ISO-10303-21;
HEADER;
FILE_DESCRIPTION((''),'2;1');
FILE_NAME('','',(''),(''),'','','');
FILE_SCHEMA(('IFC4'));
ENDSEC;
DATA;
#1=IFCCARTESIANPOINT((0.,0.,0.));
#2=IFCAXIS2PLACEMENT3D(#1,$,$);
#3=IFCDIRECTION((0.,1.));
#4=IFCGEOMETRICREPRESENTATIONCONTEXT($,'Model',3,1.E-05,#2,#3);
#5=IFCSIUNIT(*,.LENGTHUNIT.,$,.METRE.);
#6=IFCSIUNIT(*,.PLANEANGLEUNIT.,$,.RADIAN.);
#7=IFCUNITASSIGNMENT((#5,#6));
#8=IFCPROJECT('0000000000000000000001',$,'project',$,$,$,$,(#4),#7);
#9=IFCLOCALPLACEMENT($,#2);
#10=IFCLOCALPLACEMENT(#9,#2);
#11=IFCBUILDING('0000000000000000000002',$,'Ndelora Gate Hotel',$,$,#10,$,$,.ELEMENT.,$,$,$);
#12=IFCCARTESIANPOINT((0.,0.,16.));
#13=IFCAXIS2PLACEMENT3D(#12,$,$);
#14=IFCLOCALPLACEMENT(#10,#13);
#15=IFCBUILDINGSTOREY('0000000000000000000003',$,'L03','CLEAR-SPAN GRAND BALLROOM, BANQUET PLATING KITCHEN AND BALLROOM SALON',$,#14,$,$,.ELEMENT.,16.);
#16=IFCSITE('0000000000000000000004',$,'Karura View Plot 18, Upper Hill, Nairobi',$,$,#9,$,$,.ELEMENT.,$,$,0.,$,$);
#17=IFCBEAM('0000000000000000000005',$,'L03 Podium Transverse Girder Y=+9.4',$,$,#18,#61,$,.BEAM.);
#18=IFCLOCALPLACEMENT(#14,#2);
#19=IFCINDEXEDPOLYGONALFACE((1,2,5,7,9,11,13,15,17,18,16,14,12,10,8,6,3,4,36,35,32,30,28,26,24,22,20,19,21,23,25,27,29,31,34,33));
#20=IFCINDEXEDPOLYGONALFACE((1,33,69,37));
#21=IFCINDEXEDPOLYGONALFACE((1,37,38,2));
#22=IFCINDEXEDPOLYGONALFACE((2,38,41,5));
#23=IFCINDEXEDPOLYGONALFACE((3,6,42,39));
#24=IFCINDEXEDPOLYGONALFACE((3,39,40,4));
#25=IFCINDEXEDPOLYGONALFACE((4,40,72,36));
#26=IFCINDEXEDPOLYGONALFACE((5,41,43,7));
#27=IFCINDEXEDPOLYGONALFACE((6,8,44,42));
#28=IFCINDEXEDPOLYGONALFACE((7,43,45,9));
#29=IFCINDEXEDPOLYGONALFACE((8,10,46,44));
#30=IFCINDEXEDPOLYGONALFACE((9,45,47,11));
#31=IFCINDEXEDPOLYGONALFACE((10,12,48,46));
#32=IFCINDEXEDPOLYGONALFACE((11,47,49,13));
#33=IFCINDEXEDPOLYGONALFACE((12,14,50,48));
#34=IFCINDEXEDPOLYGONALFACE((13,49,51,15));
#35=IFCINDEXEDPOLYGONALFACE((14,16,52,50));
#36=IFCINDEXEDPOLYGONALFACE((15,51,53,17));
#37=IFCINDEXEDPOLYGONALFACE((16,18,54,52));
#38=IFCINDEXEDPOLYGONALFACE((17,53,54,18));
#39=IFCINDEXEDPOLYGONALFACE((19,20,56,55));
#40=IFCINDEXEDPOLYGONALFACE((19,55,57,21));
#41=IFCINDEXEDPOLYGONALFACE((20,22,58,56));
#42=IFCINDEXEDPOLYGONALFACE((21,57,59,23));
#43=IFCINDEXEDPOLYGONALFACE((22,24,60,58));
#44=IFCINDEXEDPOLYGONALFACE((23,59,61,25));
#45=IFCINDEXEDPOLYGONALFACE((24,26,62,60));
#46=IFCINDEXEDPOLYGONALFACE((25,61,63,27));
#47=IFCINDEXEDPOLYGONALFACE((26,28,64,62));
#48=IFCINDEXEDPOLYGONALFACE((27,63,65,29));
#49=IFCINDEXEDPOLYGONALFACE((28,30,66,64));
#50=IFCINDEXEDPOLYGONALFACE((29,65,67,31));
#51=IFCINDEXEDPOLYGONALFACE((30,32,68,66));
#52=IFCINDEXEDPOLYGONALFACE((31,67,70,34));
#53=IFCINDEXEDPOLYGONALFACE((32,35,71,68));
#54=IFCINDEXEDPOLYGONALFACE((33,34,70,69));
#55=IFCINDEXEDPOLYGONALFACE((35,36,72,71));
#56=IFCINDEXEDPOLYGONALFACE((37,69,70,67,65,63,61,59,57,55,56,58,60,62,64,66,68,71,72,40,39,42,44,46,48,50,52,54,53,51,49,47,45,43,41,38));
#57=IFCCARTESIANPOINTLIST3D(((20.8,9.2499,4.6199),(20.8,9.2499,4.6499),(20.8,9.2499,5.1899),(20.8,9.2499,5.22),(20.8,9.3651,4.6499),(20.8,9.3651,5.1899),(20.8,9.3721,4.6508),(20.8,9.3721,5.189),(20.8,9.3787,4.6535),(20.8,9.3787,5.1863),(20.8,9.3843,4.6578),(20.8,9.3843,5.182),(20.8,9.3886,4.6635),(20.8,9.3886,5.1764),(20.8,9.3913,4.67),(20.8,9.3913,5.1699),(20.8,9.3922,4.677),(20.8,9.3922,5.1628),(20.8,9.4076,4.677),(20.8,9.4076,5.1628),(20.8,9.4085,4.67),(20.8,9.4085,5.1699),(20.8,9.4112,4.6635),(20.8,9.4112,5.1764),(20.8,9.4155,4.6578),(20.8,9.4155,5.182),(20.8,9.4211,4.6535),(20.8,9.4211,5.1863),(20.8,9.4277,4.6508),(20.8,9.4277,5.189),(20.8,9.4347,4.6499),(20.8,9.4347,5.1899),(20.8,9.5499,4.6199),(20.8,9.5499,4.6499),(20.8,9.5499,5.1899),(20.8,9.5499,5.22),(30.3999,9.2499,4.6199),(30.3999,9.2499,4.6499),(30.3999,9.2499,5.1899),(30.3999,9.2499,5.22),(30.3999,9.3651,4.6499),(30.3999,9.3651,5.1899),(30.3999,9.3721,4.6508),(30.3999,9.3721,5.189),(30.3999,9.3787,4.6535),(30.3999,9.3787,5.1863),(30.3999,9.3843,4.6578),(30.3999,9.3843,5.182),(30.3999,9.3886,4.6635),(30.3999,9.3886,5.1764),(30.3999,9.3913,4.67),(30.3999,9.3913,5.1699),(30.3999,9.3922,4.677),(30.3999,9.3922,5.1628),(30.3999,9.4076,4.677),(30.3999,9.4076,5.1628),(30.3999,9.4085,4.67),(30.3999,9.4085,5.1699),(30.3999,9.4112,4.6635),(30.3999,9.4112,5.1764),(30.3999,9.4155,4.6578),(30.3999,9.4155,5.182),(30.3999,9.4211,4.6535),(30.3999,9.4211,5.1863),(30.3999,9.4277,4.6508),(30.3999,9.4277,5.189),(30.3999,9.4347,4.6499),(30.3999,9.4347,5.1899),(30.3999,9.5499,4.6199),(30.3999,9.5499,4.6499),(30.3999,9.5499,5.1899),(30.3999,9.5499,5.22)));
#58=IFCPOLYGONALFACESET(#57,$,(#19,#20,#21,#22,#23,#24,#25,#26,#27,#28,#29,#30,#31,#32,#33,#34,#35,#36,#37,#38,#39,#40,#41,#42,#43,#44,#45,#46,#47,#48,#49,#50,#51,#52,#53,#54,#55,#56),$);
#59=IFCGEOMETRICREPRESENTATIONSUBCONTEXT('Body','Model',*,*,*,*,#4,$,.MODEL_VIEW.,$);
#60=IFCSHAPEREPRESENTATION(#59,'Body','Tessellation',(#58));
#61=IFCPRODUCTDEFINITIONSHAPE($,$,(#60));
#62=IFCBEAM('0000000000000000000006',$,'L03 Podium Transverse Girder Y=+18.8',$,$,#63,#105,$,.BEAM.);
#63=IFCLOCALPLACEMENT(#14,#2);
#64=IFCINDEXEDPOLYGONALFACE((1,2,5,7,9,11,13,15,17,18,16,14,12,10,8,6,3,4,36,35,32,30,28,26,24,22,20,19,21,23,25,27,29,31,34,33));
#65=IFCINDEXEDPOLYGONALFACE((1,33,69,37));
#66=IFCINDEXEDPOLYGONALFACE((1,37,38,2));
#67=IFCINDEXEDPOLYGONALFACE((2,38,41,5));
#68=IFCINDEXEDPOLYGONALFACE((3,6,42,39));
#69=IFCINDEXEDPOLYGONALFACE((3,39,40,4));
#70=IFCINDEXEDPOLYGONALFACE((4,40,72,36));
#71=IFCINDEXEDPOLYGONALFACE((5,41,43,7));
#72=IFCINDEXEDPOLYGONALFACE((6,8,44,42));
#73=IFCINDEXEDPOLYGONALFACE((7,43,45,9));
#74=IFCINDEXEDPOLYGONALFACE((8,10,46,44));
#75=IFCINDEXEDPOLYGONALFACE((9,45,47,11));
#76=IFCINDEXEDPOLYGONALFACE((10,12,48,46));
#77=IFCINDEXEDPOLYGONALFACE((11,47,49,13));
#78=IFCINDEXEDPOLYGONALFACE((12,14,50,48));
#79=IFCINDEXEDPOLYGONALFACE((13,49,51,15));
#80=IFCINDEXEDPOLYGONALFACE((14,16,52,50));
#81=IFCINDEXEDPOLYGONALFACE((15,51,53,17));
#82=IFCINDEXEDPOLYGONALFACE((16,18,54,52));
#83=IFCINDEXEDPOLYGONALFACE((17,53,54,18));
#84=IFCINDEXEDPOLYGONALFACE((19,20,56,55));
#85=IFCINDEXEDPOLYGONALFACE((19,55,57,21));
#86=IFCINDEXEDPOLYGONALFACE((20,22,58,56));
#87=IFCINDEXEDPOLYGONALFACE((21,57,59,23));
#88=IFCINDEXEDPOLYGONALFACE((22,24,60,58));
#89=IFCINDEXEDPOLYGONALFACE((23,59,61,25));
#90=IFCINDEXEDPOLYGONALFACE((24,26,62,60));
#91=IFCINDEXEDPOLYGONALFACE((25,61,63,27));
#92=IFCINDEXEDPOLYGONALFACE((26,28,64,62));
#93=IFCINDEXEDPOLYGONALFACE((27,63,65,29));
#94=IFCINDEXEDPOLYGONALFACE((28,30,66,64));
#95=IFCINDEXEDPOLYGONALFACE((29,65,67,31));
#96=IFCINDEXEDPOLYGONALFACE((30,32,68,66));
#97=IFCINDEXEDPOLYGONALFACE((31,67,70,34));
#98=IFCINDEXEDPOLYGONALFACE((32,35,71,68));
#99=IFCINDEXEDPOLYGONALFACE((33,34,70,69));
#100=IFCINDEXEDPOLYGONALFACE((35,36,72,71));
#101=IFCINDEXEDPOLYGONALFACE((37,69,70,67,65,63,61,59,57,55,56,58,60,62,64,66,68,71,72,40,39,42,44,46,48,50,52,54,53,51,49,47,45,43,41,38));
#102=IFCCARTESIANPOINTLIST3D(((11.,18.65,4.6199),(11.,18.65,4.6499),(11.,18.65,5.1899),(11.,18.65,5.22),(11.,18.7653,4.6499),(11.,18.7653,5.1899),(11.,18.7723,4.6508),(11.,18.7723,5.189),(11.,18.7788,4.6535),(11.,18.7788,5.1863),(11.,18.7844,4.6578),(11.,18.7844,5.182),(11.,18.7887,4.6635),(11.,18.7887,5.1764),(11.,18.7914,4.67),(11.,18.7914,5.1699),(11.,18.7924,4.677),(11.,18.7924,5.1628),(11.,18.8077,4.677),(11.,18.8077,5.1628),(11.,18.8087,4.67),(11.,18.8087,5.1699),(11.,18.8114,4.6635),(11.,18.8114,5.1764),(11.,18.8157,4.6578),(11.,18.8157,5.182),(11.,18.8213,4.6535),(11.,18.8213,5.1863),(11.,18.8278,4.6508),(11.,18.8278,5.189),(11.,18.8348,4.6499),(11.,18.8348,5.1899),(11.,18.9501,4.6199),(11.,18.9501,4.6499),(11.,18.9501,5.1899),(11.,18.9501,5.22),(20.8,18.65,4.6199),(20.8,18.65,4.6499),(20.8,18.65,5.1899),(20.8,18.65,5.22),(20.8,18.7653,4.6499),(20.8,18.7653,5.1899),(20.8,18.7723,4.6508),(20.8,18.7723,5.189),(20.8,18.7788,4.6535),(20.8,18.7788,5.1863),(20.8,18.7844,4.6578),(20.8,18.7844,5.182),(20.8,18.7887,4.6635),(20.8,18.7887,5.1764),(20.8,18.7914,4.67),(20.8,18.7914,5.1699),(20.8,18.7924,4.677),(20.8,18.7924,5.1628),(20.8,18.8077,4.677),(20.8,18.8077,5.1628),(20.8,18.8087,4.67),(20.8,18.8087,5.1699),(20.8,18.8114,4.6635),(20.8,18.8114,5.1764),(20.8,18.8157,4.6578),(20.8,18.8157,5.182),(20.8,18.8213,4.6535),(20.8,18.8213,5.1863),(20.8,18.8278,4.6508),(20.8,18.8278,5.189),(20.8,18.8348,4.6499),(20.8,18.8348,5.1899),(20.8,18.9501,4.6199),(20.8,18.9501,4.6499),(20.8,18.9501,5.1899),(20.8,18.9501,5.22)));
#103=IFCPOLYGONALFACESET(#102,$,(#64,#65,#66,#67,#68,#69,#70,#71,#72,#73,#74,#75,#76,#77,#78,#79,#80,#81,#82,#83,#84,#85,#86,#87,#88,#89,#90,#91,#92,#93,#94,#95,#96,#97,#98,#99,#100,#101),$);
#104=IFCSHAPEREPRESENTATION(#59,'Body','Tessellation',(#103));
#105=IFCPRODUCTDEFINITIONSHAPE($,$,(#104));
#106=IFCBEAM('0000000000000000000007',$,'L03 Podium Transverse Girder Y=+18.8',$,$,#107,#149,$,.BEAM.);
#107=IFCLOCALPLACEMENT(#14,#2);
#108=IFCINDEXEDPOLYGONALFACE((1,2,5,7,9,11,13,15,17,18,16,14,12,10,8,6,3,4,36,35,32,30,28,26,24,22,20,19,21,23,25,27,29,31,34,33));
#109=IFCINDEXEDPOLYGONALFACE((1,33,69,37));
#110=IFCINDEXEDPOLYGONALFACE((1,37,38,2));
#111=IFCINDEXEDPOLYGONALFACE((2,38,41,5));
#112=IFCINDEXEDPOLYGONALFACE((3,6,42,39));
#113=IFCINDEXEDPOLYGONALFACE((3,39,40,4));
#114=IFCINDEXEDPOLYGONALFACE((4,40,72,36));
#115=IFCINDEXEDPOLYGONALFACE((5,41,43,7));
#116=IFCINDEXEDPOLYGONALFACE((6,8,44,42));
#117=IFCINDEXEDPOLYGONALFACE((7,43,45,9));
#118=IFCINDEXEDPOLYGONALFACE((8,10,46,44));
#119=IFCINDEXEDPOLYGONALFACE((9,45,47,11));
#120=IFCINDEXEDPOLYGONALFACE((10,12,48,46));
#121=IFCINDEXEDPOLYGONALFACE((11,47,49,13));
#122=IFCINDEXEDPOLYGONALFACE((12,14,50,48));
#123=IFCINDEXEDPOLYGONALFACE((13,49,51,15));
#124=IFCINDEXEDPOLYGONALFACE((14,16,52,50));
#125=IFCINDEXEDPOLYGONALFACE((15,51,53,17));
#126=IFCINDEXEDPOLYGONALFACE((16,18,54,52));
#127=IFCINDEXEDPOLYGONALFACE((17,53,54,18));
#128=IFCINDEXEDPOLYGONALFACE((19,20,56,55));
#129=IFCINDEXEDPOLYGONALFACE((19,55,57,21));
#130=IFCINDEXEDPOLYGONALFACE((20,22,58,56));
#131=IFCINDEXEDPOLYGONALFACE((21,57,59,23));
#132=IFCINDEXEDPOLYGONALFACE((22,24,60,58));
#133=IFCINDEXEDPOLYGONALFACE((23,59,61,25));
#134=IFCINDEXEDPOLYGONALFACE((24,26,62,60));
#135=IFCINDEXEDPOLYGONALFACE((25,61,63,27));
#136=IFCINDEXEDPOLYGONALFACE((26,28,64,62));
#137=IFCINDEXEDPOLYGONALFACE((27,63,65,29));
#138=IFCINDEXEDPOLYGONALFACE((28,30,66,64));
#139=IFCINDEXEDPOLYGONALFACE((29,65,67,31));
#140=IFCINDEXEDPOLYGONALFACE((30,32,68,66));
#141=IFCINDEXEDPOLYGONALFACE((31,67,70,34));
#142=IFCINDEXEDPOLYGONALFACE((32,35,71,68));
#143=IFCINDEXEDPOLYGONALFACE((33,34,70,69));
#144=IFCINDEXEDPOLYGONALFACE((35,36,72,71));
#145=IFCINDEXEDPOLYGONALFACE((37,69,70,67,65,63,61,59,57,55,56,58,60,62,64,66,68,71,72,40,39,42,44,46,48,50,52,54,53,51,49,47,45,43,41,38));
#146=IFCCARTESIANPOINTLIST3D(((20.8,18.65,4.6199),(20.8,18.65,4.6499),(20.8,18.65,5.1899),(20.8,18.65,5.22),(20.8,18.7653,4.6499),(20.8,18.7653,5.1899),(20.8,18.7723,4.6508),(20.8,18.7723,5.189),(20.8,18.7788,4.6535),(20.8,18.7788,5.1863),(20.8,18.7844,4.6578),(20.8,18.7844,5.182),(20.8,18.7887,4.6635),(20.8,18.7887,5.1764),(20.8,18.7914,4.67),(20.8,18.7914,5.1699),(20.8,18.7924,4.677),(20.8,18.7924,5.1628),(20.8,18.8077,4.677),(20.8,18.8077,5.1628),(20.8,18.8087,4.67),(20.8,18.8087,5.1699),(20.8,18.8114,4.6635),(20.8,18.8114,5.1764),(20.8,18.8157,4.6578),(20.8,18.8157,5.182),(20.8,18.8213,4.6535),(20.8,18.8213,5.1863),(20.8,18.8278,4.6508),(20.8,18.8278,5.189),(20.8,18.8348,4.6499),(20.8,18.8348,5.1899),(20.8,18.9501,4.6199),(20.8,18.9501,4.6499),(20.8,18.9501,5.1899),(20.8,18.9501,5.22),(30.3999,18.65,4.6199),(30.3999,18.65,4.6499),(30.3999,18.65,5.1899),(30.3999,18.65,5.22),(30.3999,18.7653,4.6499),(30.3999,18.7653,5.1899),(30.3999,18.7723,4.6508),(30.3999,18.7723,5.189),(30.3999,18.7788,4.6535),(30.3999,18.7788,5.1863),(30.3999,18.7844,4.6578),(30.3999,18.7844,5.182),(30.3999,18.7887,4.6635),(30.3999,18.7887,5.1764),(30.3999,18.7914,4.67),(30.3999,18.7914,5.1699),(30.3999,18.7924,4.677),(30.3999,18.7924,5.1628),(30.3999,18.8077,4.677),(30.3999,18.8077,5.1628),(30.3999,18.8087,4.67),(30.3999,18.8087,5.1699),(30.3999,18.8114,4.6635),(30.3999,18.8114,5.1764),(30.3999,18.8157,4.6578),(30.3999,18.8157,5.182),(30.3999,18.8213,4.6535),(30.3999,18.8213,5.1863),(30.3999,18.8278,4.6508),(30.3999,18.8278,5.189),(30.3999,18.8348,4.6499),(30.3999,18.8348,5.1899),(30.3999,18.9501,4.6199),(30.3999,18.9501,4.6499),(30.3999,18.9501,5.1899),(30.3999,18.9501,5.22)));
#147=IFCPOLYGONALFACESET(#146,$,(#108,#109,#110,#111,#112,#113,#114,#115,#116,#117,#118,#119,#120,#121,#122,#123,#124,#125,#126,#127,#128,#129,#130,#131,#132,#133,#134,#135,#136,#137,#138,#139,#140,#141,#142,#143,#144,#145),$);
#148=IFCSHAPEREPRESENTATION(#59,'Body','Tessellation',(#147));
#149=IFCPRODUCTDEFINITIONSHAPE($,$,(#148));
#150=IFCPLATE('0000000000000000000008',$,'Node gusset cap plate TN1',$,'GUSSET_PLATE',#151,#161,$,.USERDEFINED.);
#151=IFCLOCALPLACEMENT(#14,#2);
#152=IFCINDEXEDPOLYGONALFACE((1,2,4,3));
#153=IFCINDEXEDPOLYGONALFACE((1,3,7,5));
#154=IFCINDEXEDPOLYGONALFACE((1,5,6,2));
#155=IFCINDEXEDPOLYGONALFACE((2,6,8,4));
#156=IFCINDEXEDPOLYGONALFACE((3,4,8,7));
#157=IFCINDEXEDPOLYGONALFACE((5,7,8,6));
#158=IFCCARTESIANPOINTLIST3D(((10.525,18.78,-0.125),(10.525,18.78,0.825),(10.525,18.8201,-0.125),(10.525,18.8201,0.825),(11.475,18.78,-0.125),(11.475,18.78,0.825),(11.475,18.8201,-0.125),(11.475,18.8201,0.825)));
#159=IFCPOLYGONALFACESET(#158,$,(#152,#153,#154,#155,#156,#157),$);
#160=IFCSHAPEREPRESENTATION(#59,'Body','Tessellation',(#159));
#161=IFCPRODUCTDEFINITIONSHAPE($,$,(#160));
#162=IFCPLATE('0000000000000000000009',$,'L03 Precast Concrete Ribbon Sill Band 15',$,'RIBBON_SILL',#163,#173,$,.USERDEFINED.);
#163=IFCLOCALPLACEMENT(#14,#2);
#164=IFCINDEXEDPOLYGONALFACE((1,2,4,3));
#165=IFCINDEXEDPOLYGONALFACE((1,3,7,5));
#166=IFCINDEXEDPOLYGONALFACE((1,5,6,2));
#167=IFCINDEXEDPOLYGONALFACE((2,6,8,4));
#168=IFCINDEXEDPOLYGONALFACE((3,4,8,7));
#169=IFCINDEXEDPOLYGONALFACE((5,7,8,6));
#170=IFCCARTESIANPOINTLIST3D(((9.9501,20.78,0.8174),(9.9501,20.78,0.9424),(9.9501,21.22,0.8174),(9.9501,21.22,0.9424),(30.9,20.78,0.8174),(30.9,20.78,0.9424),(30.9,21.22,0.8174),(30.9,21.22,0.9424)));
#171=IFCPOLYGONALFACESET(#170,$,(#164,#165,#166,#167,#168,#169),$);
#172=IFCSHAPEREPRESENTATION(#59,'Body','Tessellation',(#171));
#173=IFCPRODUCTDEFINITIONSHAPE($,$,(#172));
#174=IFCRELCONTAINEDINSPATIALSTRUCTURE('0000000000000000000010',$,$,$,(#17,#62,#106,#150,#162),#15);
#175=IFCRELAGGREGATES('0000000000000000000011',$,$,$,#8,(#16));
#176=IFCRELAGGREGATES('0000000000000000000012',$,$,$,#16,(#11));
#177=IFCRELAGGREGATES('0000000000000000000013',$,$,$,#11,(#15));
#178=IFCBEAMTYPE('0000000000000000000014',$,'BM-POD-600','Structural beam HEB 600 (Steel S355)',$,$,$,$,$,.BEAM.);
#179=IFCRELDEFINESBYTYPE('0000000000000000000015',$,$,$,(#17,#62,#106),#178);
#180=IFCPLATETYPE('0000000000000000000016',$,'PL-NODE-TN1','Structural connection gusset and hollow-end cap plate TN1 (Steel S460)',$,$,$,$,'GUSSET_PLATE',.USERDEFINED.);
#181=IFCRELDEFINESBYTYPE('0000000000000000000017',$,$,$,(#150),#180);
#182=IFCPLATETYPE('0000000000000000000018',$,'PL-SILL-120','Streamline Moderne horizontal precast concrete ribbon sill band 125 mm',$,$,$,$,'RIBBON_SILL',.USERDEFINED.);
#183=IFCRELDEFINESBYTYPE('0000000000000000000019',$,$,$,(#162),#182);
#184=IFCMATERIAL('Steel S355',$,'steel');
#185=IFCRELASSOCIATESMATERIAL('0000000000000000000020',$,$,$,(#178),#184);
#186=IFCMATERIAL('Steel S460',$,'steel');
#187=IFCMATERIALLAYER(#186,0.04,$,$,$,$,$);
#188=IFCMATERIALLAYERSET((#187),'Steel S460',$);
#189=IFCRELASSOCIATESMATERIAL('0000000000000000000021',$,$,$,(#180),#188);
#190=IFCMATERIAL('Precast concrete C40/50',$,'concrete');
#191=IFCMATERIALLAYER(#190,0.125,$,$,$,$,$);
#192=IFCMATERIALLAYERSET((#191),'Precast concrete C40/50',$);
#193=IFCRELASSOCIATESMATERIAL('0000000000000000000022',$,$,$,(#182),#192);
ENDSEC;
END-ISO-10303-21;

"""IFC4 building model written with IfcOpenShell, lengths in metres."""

from ifc_helpers import new_model, si_unit, direction, frame, origin, origin_2d, place, context, subcontext, project, spatial, rectangle, i_section, extrude, material, layer, layer_set, material_profile, profile_set, type_object, element, save


model = new_model("IFC4")

# Units and contexts
model_context = context("Model", 3, precision=1e-05, world=origin(), true_north=direction((0.0, 1.0)))
body_context = subcontext(model_context, "Body", "Model", "MODEL_VIEW")
ifc_project = project(units=[si_unit("LENGTHUNIT", "METRE"), si_unit("PLANEANGLEUNIT", "RADIAN")], contexts=[model_context])

# Site, building, storey
site_placement = place(None, origin())
site = spatial("IfcSite", under=ifc_project, at=site_placement, Name="Karura View Plot 18, Upper Hill, Nairobi", CompositionType="ELEMENT", RefElevation=0.0)
building_placement = place(site_placement, origin())
building = spatial("IfcBuilding", under=site, at=building_placement, Name="Ndelora Gate Hotel", CompositionType="ELEMENT")
storey_placement = place(building_placement, frame((0.0, 0.0, 16.0)))
storey = spatial("IfcBuildingStorey", under=building, at=storey_placement, Name="L03", Description="CLEAR-SPAN GRAND BALLROOM, BANQUET PLATING KITCHEN AND BALLROOM SALON", CompositionType="ELEMENT", Elevation=16.0)

# Beams
ifc_material_1 = material(Name="Steel S355", Category="steel")
ifc_material_profile_1 = material_profile(ifc_material_1, i_section(OverallWidth=0.3, OverallDepth=0.6001, WebThickness=0.0154, FlangeThickness=0.03, FilletRadius=0.0271, at=origin_2d()), Name="HEB 600")
ifc_profile_set_1 = profile_set([ifc_material_profile_1], Name="Steel S355")
beam_type_1 = type_object("IfcBeamType", Name="BM-POD-600", Description="Structural beam HEB 600 (Steel S355)", PredefinedType="BEAM", material=ifc_profile_set_1)
for number, where, z_axis, x_axis, name in (
    (1, (20.8, 9.3999, 4.9199), (1.0, 0.0, 0.0), (0.0, 1.0, 0.0), "L03 Podium Transverse Girder Y=+9.4"),
):
    element("IfcBeam", number, at=place(storey_placement, frame(where, z_axis=z_axis, x_axis=x_axis)), inside=storey, type_object=beam_type_1, Name=name, PredefinedType="BEAM", context=body_context, shape_type="SweptSolid", body=[
        extrude(i_section(OverallWidth=0.3, OverallDepth=0.6001, WebThickness=0.0154, FlangeThickness=0.03, FilletRadius=0.0271, at=origin_2d()), origin(), (0.0, 0.0, 1.0), 9.5999),
    ])
beam_1_placement = place(storey_placement, frame((11.0, 18.8, 4.9199), z_axis=(1.0, 0.0, 0.0), x_axis=(0.0, 1.0, 0.0)))
element("IfcBeam", 2, at=beam_1_placement, inside=storey, type_object=beam_type_1, Name="L03 Podium Transverse Girder Y=+18.8", PredefinedType="BEAM", context=body_context, shape_type="SweptSolid", body=[
    extrude(i_section(OverallWidth=0.3, OverallDepth=0.6001, WebThickness=0.0154, FlangeThickness=0.03, FilletRadius=0.0271, at=origin_2d()), origin(), (0.0, 0.0, 1.0), 9.8),
])
beam_2_placement = place(storey_placement, frame((20.8, 18.8, 4.9199), z_axis=(1.0, 0.0, 0.0), x_axis=(0.0, 1.0, 0.0)))
element("IfcBeam", 3, at=beam_2_placement, inside=storey, type_object=beam_type_1, Name="L03 Podium Transverse Girder Y=+18.8", PredefinedType="BEAM", context=body_context, shape_type="SweptSolid", body=[
    extrude(i_section(OverallWidth=0.3, OverallDepth=0.6001, WebThickness=0.0154, FlangeThickness=0.03, FilletRadius=0.0271, at=origin_2d()), origin(), (0.0, 0.0, 1.0), 9.5999),
])

# Plates
ifc_material_2 = material(Name="Steel S460", Category="steel")
ifc_layer_1 = layer(ifc_material_2, 0.04)
ifc_layer_set_1 = layer_set([ifc_layer_1], Name="Steel S460")
plate_type_1 = type_object("IfcPlateType", Name="PL-NODE-TN1", Description="Structural connection gusset and hollow-end cap plate TN1 (Steel S460)", ElementType="GUSSET_PLATE", PredefinedType="USERDEFINED", material=ifc_layer_set_1)
plate_1_placement = place(storey_placement, frame((11.0, 18.8, -0.125), z_axis=(0.0, 0.0, 1.0), x_axis=(1.0, 0.0, 0.0)))
element("IfcPlate", 4, at=plate_1_placement, inside=storey, type_object=plate_type_1, Name="Node gusset cap plate TN1", ObjectType="GUSSET_PLATE", PredefinedType="USERDEFINED", context=body_context, shape_type="SweptSolid", body=[
    extrude(rectangle(XDim=0.95, YDim=0.04, at=origin_2d()), origin(), (0.0, 0.0, 1.0), 0.95),
])
ifc_material_3 = material(Name="Precast concrete C40/50", Category="concrete")
ifc_layer_2 = layer(ifc_material_3, 0.125)
ifc_layer_set_2 = layer_set([ifc_layer_2], Name="Precast concrete C40/50")
plate_type_2 = type_object("IfcPlateType", Name="PL-SILL-120", Description="Streamline Moderne horizontal precast concrete ribbon sill band 125 mm", ElementType="RIBBON_SILL", PredefinedType="USERDEFINED", material=ifc_layer_set_2)
plate_2_placement = place(storey_placement, frame((20.425, 21.0, 0.8174), z_axis=(0.0, 0.0, 1.0), x_axis=(1.0, 0.0, 0.0)))
element("IfcPlate", 5, at=plate_2_placement, inside=storey, type_object=plate_type_2, Name="L03 Precast Concrete Ribbon Sill Band 15", ObjectType="RIBBON_SILL", PredefinedType="USERDEFINED", context=body_context, shape_type="SweptSolid", body=[
    extrude(rectangle(XDim=20.95, YDim=0.4399, at=origin_2d()), origin(), (0.0, 0.0, 1.0), 0.125),
])

save(model, "model.ifc")
